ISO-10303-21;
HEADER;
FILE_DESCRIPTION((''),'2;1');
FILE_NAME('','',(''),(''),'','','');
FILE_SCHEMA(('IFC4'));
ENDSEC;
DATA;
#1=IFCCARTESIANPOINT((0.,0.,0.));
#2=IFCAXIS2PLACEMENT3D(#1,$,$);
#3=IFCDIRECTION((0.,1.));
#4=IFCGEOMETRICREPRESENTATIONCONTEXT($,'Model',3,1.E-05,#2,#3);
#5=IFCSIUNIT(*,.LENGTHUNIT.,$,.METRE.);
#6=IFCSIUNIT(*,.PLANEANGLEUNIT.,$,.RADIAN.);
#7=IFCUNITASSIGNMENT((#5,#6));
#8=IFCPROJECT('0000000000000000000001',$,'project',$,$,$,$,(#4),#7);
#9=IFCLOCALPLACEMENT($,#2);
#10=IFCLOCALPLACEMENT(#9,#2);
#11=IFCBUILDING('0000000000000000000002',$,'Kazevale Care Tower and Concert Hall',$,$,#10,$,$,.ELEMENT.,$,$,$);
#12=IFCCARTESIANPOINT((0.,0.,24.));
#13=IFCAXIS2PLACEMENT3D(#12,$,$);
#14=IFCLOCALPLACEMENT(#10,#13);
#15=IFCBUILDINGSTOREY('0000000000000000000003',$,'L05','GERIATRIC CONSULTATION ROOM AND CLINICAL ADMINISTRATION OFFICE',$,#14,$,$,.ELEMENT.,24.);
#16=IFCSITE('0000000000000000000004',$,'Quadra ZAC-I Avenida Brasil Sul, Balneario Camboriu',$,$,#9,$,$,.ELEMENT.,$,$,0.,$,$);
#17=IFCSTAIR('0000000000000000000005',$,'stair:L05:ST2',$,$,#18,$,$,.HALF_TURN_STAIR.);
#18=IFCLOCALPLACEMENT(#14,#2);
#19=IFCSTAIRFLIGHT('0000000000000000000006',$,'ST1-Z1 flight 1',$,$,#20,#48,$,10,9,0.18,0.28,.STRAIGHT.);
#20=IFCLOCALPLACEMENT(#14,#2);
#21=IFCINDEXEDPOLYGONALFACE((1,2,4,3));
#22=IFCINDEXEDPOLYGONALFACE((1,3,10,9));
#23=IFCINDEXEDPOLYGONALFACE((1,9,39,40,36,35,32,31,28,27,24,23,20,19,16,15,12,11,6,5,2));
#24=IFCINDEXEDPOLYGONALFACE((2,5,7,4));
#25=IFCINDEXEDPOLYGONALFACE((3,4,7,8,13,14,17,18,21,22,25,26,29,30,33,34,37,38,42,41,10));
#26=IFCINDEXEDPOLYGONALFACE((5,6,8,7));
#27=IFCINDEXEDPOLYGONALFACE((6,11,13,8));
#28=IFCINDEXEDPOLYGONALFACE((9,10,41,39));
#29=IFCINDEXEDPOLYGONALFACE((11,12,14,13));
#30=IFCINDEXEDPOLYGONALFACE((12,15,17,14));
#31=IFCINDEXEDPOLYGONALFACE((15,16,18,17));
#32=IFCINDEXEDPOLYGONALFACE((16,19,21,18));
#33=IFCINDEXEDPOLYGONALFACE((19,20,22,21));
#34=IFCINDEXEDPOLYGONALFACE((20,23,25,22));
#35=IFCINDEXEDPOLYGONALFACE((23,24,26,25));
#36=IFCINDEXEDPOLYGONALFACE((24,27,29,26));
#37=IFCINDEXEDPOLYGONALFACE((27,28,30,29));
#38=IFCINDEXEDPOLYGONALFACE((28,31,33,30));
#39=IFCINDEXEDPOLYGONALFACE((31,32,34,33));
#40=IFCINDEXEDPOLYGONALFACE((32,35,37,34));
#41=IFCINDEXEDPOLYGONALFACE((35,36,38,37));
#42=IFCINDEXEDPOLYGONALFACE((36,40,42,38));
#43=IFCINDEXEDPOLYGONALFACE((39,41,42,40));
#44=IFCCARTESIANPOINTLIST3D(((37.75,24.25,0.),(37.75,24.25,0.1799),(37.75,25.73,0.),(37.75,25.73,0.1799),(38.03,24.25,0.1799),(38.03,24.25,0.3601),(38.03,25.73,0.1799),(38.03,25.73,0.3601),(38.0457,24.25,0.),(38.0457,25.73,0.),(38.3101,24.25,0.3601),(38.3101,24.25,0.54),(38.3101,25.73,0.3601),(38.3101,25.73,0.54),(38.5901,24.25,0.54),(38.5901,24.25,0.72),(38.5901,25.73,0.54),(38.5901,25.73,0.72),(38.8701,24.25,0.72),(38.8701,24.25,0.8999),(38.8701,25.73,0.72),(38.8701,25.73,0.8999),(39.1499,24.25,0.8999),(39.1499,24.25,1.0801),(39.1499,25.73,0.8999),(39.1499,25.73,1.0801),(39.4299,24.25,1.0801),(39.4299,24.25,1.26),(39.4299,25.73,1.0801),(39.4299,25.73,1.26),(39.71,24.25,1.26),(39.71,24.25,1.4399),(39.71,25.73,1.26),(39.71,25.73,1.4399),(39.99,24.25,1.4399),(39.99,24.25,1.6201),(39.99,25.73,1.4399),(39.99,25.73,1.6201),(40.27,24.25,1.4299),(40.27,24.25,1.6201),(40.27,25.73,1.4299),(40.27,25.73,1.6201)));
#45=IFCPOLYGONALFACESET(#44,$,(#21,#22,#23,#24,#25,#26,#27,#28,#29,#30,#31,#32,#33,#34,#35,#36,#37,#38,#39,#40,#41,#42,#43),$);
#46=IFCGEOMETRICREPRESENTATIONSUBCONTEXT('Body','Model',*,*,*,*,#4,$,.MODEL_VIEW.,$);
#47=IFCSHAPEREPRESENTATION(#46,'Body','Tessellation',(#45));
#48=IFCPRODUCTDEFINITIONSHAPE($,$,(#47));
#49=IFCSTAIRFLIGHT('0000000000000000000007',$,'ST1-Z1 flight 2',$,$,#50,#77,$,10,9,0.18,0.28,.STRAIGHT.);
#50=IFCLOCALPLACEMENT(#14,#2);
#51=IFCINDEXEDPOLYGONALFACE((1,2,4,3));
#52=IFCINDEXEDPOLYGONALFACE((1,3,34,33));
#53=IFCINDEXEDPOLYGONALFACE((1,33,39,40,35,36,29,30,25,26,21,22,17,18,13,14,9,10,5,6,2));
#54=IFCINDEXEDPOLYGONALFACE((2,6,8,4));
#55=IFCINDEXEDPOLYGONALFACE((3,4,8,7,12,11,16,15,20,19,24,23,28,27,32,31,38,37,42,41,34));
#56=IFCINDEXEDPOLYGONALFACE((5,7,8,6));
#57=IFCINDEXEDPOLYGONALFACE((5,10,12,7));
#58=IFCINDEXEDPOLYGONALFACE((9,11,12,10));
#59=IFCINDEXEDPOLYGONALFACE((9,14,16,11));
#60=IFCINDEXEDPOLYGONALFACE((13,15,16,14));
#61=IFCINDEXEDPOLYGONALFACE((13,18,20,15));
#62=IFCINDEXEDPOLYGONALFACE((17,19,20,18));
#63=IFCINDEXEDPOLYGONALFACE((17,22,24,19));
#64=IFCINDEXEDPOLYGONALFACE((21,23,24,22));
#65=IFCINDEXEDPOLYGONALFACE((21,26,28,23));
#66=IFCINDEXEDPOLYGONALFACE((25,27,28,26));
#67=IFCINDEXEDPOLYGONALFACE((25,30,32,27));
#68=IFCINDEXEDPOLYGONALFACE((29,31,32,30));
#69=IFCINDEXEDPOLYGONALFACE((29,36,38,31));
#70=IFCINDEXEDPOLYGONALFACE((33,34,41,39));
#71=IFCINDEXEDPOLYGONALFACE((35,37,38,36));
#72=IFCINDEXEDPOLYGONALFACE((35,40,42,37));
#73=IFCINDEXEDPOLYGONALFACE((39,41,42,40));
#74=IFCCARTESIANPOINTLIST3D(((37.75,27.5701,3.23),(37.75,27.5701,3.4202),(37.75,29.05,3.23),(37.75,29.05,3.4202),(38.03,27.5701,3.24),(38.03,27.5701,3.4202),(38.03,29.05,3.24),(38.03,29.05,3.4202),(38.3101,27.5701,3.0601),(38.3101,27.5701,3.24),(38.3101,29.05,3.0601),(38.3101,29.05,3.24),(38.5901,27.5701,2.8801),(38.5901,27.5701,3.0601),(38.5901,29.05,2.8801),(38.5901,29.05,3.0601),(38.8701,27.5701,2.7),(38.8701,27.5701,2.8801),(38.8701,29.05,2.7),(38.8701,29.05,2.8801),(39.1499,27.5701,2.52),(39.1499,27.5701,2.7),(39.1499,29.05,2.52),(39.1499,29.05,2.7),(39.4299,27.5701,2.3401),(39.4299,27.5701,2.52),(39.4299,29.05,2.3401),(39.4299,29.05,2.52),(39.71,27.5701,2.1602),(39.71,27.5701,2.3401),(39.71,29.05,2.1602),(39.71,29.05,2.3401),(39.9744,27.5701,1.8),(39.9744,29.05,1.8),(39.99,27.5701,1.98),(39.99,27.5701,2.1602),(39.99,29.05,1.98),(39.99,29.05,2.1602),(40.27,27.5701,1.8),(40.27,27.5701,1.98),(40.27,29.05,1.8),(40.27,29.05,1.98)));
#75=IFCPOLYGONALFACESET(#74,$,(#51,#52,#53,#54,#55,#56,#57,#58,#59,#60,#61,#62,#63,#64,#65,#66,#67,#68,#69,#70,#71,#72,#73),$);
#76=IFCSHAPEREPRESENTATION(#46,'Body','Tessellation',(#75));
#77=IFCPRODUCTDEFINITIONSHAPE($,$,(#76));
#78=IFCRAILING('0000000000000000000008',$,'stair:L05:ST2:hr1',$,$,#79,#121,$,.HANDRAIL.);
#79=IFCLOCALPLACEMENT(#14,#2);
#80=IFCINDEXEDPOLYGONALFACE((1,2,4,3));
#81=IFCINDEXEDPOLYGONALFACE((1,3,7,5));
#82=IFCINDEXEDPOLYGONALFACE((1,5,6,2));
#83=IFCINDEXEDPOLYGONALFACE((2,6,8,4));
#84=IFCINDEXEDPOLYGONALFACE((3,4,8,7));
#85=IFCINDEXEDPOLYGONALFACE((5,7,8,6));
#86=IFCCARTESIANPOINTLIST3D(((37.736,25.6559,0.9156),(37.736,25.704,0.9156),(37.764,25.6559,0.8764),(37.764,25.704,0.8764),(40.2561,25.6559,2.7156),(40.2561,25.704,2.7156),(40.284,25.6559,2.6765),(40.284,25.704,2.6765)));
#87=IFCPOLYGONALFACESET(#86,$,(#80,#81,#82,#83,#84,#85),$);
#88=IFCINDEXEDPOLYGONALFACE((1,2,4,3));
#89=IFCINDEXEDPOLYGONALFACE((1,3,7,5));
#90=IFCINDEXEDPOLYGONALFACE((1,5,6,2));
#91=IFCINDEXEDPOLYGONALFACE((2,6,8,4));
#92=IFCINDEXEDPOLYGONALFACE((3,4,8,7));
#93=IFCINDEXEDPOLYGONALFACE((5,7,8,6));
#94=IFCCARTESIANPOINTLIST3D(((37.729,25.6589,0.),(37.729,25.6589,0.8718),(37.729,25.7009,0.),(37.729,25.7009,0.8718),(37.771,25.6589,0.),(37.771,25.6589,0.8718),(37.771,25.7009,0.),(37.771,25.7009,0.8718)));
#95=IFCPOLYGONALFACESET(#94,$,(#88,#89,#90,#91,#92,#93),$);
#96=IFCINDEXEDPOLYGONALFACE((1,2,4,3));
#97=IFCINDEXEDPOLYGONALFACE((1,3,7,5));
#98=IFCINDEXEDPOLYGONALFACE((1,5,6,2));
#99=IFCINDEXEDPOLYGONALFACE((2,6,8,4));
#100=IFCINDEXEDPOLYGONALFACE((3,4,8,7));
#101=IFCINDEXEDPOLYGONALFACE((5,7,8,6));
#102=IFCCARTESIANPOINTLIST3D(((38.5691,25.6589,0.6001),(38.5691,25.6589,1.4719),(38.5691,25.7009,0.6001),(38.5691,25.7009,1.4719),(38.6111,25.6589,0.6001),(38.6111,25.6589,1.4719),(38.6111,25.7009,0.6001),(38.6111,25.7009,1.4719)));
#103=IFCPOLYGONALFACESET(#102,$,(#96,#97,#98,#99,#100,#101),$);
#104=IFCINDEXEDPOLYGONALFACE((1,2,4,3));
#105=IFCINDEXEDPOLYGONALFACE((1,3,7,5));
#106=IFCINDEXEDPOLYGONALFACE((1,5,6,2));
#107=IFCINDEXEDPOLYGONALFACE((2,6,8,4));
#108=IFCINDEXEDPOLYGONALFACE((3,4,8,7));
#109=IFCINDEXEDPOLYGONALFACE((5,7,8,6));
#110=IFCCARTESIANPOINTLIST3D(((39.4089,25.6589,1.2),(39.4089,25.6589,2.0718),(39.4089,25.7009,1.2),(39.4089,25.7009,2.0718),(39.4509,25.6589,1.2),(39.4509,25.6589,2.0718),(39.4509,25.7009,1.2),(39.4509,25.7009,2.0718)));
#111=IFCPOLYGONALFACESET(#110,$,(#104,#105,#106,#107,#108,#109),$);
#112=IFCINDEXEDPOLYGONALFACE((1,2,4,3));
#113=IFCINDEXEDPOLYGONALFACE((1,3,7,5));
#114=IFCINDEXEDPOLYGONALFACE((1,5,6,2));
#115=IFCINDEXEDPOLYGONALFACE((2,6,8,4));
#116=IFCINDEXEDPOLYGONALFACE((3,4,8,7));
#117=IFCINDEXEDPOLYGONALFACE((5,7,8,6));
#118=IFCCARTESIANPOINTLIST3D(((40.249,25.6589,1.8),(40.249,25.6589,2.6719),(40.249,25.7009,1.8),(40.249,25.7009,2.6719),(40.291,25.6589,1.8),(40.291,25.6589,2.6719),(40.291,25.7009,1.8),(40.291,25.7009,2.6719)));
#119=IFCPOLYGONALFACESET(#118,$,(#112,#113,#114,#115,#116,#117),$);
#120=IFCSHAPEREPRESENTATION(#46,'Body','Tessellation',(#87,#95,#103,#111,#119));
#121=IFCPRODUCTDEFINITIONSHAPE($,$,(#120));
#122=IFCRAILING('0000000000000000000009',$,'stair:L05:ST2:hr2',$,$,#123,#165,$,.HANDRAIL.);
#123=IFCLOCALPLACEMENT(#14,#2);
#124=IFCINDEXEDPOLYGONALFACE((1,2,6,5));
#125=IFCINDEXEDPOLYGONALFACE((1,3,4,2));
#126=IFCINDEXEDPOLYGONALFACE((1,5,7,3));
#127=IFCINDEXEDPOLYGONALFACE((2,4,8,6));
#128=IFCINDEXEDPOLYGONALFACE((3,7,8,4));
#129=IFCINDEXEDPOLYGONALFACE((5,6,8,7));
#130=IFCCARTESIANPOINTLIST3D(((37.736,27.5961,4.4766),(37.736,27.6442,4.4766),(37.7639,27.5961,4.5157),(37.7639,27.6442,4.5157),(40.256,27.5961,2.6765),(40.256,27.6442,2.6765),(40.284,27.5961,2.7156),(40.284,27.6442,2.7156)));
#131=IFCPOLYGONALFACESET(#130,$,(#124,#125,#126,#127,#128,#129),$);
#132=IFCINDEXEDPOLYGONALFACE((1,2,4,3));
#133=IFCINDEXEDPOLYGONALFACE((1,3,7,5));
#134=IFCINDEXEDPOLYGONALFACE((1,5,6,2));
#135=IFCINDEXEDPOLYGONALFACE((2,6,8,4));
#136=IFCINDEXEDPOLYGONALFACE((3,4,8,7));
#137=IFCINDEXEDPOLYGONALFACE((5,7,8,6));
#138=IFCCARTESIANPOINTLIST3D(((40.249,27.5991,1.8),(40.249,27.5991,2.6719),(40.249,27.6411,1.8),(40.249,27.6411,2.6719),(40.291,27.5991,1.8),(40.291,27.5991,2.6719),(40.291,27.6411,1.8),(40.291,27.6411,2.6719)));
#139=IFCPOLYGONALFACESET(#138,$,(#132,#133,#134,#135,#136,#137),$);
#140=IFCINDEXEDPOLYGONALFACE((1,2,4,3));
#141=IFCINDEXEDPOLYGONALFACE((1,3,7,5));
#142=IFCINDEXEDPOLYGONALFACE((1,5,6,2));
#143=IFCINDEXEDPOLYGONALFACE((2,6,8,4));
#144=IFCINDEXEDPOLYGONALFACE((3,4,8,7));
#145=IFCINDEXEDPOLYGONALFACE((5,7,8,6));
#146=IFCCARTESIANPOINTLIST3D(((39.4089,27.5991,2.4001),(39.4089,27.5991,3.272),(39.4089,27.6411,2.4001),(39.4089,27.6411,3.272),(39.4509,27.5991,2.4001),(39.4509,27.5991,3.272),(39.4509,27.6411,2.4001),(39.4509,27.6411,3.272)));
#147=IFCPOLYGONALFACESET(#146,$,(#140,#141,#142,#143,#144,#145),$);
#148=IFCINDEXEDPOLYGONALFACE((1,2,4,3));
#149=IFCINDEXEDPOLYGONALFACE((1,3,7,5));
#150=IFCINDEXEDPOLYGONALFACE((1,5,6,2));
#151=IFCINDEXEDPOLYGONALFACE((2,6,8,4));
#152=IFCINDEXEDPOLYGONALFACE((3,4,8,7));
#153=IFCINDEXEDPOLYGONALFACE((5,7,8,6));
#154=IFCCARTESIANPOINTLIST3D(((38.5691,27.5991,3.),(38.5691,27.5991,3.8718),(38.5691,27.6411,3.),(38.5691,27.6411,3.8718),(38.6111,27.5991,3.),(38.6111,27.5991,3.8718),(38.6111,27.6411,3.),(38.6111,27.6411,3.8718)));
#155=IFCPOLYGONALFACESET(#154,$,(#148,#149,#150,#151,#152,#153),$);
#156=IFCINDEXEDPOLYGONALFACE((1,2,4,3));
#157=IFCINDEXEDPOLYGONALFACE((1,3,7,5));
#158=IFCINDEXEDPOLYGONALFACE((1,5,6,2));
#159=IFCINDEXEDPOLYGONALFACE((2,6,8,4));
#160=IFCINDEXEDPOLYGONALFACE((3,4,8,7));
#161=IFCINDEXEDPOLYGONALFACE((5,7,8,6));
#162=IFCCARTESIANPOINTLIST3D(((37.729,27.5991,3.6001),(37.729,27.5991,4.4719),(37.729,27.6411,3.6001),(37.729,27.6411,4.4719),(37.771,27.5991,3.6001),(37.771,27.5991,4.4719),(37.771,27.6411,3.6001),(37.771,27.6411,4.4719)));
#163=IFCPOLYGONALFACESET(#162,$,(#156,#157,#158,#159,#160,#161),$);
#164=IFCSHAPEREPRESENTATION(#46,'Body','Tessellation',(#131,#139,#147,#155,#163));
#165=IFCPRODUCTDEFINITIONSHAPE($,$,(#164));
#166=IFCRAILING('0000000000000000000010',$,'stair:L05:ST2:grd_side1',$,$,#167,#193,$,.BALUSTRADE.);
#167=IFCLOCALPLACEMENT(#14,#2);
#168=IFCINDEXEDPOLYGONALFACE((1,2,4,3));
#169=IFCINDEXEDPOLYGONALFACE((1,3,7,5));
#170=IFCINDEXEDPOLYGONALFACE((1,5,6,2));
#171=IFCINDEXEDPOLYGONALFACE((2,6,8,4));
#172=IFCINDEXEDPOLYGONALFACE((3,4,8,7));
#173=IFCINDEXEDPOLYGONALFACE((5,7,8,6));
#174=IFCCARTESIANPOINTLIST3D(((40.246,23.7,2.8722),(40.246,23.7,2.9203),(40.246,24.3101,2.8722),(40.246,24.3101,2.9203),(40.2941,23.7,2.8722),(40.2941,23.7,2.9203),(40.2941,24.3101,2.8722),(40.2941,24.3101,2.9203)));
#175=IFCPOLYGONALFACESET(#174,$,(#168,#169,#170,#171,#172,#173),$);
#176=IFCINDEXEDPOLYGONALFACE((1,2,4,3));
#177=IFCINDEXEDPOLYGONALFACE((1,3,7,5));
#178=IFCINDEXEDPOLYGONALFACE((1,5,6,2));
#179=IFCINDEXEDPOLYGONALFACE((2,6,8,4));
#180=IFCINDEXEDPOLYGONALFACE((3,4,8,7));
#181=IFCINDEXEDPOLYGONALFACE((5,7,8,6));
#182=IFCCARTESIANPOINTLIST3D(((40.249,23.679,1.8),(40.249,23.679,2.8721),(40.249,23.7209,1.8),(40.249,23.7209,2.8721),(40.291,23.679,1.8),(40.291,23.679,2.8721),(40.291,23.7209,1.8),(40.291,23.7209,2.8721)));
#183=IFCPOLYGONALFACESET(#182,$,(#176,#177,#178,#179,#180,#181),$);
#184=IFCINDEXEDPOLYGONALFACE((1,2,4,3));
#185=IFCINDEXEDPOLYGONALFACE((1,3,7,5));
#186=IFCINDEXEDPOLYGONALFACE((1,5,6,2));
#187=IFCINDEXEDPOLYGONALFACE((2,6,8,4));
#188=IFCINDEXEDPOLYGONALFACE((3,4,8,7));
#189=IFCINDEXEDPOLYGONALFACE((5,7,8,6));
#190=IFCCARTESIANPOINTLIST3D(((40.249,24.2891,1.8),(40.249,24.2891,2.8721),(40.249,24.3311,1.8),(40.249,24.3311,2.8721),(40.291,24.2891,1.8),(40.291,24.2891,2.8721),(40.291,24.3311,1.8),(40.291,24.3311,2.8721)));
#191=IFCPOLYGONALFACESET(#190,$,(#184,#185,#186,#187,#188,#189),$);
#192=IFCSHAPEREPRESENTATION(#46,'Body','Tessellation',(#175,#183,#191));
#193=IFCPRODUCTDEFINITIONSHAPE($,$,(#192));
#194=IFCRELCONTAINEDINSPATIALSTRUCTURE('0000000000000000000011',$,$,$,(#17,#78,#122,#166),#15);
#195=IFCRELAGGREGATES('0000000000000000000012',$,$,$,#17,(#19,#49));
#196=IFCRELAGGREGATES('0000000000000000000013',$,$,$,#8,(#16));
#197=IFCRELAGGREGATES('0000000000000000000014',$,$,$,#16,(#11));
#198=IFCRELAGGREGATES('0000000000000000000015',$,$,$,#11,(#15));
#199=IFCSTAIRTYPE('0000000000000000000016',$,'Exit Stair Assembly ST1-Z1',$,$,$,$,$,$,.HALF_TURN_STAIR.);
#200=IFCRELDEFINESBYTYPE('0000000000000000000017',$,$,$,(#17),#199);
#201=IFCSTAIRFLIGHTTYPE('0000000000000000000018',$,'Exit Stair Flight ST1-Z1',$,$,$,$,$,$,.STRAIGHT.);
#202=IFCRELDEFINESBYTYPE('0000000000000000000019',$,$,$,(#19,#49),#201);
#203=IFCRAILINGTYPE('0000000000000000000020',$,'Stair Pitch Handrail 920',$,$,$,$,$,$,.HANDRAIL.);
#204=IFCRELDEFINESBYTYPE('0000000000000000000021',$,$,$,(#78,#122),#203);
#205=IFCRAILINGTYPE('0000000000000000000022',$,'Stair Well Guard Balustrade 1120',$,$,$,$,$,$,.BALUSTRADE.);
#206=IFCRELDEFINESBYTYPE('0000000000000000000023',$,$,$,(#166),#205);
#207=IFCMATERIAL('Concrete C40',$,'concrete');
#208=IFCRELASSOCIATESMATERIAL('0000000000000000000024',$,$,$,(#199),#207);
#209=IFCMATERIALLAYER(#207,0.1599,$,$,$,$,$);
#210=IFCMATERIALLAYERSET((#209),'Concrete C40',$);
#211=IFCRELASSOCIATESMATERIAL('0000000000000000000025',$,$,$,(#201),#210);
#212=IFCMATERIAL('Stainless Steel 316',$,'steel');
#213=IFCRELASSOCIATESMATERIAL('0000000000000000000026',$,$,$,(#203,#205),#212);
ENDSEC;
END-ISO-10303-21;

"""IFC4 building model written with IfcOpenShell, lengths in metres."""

from ifc_helpers import new_model, si_unit, direction, frame, origin, origin_2d, place, context, subcontext, project, spatial, polyline, rectangle, outline, extrude, material, layer, layer_set, type_object, element, aggregate, save


model = new_model("IFC4")

# Units and contexts
model_context = context("Model", 3, precision=1e-05, world=origin(), true_north=direction((0.0, 1.0)))
body_context = subcontext(model_context, "Body", "Model", "MODEL_VIEW")
ifc_project = project(units=[si_unit("LENGTHUNIT", "METRE"), si_unit("PLANEANGLEUNIT", "RADIAN")], contexts=[model_context])

# Site, building, storey
site_placement = place(None, origin())
site = spatial("IfcSite", under=ifc_project, at=site_placement, Name="Quadra ZAC-I Avenida Brasil Sul, Balneario Camboriu", CompositionType="ELEMENT", RefElevation=0.0)
building_placement = place(site_placement, origin())
building = spatial("IfcBuilding", under=site, at=building_placement, Name="Kazevale Care Tower and Concert Hall", CompositionType="ELEMENT")
storey_placement = place(building_placement, frame((0.0, 0.0, 24.0)))
storey = spatial("IfcBuildingStorey", under=building, at=storey_placement, Name="L05", Description="GERIATRIC CONSULTATION ROOM AND CLINICAL ADMINISTRATION OFFICE", CompositionType="ELEMENT", Elevation=24.0)

# Shared definitions
ifc_material_1 = material(Name="Concrete C40", Category="concrete")

# Stair, stair flights
stair_type = type_object("IfcStairType", Name="Exit Stair Assembly ST1-Z1", PredefinedType="HALF_TURN_STAIR", material=ifc_material_1)
stair_placement = place(storey_placement, origin())
stair = element("IfcStair", 1, at=stair_placement, inside=storey, type_object=stair_type, Name="stair:L05:ST2", PredefinedType="HALF_TURN_STAIR")
ifc_layer_1 = layer(ifc_material_1, 0.1599)
ifc_layer_set_1 = layer_set([ifc_layer_1], Name="Concrete C40")
stair_flight_type = type_object("IfcStairFlightType", Name="Exit Stair Flight ST1-Z1", PredefinedType="STRAIGHT", material=ifc_layer_set_1)
stair_flight_1_placement = place(storey_placement, frame((37.75, 24.99, 0.0), z_axis=(0.0, 0.0, 1.0), x_axis=(1.0, 0.0, 0.0)))
stair_flight_1 = element("IfcStairFlight", 2, at=stair_flight_1_placement, type_object=stair_flight_type, Name="ST1-Z1 flight 1", NumberOfRisers=10, NumberOfTreads=9, PredefinedType="STRAIGHT", RiserHeight=0.18, TreadLength=0.28, context=body_context, shape_type="SweptSolid", body=[
    extrude(outline(polyline([(0.0, 0.0), (0.0, 0.1799), (0.28, 0.1799), (0.28, 0.3601), (0.5601, 0.3601), (0.5601, 0.54), (0.8401, 0.54), (0.8401, 0.72), (1.1201, 0.72), (1.1201, 0.8999), (1.3999, 0.8999), (1.3999, 1.0801), (1.6799, 1.0801), (1.6799, 1.26), (1.96, 1.26), (1.96, 1.4399), (2.24, 1.4399), (2.24, 1.6201), (2.52, 1.6201), (2.52, 1.8), (2.52, 1.4299), (0.2957, 0.0), (0.0, 0.0)])), frame((0.0, 0.74, 0.0), z_axis=(0.0, -1.0, 0.0), x_axis=(1.0, 0.0, 0.0)), (0.0, 0.0, 1.0), 1.48),
])
stair_flight_2_placement = place(storey_placement, frame((40.27, 28.3101, 1.8), z_axis=(0.0, 0.0, 1.0), x_axis=(-1.0, 0.0, 0.0)))
stair_flight_2 = element("IfcStairFlight", 3, at=stair_flight_2_placement, type_object=stair_flight_type, Name="ST1-Z1 flight 2", NumberOfRisers=10, NumberOfTreads=9, PredefinedType="STRAIGHT", RiserHeight=0.18, TreadLength=0.28, context=body_context, shape_type="SweptSolid", body=[
    extrude(outline(polyline([(0.0, 0.0), (0.0, 0.1799), (0.28, 0.1799), (0.28, 0.3601), (0.5601, 0.3601), (0.5601, 0.54), (0.8401, 0.54), (0.8401, 0.72), (1.1201, 0.72), (1.1201, 0.8999), (1.3999, 0.8999), (1.3999, 1.0801), (1.6799, 1.0801), (1.6799, 1.26), (1.96, 1.26), (1.96, 1.4399), (2.24, 1.4399), (2.24, 1.6201), (2.52, 1.6201), (2.52, 1.8), (2.52, 1.4299), (0.2957, 0.0), (0.0, 0.0)])), frame((0.0, 0.74, 0.0), z_axis=(0.0, -1.0, 0.0), x_axis=(1.0, 0.0, 0.0)), (0.0, 0.0, 1.0), 1.48),
])
aggregate(stair, [stair_flight_1, stair_flight_2])

# Railings
ifc_material_2 = material(Name="Stainless Steel 316", Category="steel")
railing_type_1 = type_object("IfcRailingType", Name="Stair Pitch Handrail 920", PredefinedType="HANDRAIL", material=ifc_material_2)
railing_1_placement = place(storey_placement, frame((37.75, 25.6799, 0.0)))
element("IfcRailing", 4, at=railing_1_placement, inside=storey, type_object=railing_type_1, Name="stair:L05:ST2:hr1", PredefinedType="HANDRAIL", context=body_context, shape_type="SweptSolid", body=[
    extrude(rectangle(XDim=0.0481, YDim=0.0481, at=origin_2d()), frame((0.0, 0.0, 0.896), z_axis=(0.813728, 0.0, 0.581246), x_axis=(0.0, 1.0, 0.0)), (0.0, 0.0, 1.0), 3.0969),
    extrude(rectangle(XDim=0.042, YDim=0.042, at=origin_2d()), origin(), (0.0, 0.0, 1.0), 0.8718),
    extrude(rectangle(XDim=0.042, YDim=0.042, at=origin_2d()), frame((0.8401, 0.0, 0.6001)), (0.0, 0.0, 1.0), 0.8718),
    extrude(rectangle(XDim=0.042, YDim=0.042, at=origin_2d()), frame((1.6799, 0.0, 1.2)), (0.0, 0.0, 1.0), 0.8718),
    extrude(rectangle(XDim=0.042, YDim=0.042, at=origin_2d()), frame((2.52, 0.0, 1.8)), (0.0, 0.0, 1.0), 0.8718),
])
railing_2_placement = place(storey_placement, frame((40.27, 27.6201, 1.8)))
element("IfcRailing", 5, at=railing_2_placement, inside=storey, type_object=railing_type_1, Name="stair:L05:ST2:hr2", PredefinedType="HANDRAIL", context=body_context, shape_type="SweptSolid", body=[
    extrude(rectangle(XDim=0.0481, YDim=0.0481, at=origin_2d()), frame((0.0, 0.0, 0.896), z_axis=(-0.813728, 0.0, 0.581246), x_axis=(0.0, -1.0, 0.0)), (0.0, 0.0, 1.0), 3.0969),
    extrude(rectangle(XDim=0.042, YDim=0.042, at=origin_2d()), origin(), (0.0, 0.0, 1.0), 0.8718),
    extrude(rectangle(XDim=0.042, YDim=0.042, at=origin_2d()), frame((-0.8401, 0.0, 0.6001)), (0.0, 0.0, 1.0), 0.8718),
    extrude(rectangle(XDim=0.042, YDim=0.042, at=origin_2d()), frame((-1.6799, 0.0, 1.2)), (0.0, 0.0, 1.0), 0.8718),
    extrude(rectangle(XDim=0.042, YDim=0.042, at=origin_2d()), frame((-2.52, 0.0, 1.8)), (0.0, 0.0, 1.0), 0.8718),
])
railing_type_2 = type_object("IfcRailingType", Name="Stair Well Guard Balustrade 1120", PredefinedType="BALUSTRADE", material=ifc_material_2)
railing_3_placement = place(storey_placement, frame((40.27, 23.7, 1.8)))
element("IfcRailing", 6, at=railing_3_placement, inside=storey, type_object=railing_type_2, Name="stair:L05:ST2:grd_side1", PredefinedType="BALUSTRADE", context=body_context, shape_type="SweptSolid", body=[
    extrude(rectangle(XDim=0.0481, YDim=0.0481, at=origin_2d()), frame((0.0, 0.0, 1.0962), z_axis=(0.0, 1.0, 0.0), x_axis=(-1.0, 0.0, 0.0)), (0.0, 0.0, 1.0), 0.6101),
    extrude(rectangle(XDim=0.042, YDim=0.042, at=origin_2d()), origin(), (0.0, 0.0, 1.0), 1.072),
    extrude(rectangle(XDim=0.042, YDim=0.042, at=origin_2d()), frame((0.0, 0.6101, 0.0)), (0.0, 0.0, 1.0), 1.072),
])

save(model, "model.ifc")
